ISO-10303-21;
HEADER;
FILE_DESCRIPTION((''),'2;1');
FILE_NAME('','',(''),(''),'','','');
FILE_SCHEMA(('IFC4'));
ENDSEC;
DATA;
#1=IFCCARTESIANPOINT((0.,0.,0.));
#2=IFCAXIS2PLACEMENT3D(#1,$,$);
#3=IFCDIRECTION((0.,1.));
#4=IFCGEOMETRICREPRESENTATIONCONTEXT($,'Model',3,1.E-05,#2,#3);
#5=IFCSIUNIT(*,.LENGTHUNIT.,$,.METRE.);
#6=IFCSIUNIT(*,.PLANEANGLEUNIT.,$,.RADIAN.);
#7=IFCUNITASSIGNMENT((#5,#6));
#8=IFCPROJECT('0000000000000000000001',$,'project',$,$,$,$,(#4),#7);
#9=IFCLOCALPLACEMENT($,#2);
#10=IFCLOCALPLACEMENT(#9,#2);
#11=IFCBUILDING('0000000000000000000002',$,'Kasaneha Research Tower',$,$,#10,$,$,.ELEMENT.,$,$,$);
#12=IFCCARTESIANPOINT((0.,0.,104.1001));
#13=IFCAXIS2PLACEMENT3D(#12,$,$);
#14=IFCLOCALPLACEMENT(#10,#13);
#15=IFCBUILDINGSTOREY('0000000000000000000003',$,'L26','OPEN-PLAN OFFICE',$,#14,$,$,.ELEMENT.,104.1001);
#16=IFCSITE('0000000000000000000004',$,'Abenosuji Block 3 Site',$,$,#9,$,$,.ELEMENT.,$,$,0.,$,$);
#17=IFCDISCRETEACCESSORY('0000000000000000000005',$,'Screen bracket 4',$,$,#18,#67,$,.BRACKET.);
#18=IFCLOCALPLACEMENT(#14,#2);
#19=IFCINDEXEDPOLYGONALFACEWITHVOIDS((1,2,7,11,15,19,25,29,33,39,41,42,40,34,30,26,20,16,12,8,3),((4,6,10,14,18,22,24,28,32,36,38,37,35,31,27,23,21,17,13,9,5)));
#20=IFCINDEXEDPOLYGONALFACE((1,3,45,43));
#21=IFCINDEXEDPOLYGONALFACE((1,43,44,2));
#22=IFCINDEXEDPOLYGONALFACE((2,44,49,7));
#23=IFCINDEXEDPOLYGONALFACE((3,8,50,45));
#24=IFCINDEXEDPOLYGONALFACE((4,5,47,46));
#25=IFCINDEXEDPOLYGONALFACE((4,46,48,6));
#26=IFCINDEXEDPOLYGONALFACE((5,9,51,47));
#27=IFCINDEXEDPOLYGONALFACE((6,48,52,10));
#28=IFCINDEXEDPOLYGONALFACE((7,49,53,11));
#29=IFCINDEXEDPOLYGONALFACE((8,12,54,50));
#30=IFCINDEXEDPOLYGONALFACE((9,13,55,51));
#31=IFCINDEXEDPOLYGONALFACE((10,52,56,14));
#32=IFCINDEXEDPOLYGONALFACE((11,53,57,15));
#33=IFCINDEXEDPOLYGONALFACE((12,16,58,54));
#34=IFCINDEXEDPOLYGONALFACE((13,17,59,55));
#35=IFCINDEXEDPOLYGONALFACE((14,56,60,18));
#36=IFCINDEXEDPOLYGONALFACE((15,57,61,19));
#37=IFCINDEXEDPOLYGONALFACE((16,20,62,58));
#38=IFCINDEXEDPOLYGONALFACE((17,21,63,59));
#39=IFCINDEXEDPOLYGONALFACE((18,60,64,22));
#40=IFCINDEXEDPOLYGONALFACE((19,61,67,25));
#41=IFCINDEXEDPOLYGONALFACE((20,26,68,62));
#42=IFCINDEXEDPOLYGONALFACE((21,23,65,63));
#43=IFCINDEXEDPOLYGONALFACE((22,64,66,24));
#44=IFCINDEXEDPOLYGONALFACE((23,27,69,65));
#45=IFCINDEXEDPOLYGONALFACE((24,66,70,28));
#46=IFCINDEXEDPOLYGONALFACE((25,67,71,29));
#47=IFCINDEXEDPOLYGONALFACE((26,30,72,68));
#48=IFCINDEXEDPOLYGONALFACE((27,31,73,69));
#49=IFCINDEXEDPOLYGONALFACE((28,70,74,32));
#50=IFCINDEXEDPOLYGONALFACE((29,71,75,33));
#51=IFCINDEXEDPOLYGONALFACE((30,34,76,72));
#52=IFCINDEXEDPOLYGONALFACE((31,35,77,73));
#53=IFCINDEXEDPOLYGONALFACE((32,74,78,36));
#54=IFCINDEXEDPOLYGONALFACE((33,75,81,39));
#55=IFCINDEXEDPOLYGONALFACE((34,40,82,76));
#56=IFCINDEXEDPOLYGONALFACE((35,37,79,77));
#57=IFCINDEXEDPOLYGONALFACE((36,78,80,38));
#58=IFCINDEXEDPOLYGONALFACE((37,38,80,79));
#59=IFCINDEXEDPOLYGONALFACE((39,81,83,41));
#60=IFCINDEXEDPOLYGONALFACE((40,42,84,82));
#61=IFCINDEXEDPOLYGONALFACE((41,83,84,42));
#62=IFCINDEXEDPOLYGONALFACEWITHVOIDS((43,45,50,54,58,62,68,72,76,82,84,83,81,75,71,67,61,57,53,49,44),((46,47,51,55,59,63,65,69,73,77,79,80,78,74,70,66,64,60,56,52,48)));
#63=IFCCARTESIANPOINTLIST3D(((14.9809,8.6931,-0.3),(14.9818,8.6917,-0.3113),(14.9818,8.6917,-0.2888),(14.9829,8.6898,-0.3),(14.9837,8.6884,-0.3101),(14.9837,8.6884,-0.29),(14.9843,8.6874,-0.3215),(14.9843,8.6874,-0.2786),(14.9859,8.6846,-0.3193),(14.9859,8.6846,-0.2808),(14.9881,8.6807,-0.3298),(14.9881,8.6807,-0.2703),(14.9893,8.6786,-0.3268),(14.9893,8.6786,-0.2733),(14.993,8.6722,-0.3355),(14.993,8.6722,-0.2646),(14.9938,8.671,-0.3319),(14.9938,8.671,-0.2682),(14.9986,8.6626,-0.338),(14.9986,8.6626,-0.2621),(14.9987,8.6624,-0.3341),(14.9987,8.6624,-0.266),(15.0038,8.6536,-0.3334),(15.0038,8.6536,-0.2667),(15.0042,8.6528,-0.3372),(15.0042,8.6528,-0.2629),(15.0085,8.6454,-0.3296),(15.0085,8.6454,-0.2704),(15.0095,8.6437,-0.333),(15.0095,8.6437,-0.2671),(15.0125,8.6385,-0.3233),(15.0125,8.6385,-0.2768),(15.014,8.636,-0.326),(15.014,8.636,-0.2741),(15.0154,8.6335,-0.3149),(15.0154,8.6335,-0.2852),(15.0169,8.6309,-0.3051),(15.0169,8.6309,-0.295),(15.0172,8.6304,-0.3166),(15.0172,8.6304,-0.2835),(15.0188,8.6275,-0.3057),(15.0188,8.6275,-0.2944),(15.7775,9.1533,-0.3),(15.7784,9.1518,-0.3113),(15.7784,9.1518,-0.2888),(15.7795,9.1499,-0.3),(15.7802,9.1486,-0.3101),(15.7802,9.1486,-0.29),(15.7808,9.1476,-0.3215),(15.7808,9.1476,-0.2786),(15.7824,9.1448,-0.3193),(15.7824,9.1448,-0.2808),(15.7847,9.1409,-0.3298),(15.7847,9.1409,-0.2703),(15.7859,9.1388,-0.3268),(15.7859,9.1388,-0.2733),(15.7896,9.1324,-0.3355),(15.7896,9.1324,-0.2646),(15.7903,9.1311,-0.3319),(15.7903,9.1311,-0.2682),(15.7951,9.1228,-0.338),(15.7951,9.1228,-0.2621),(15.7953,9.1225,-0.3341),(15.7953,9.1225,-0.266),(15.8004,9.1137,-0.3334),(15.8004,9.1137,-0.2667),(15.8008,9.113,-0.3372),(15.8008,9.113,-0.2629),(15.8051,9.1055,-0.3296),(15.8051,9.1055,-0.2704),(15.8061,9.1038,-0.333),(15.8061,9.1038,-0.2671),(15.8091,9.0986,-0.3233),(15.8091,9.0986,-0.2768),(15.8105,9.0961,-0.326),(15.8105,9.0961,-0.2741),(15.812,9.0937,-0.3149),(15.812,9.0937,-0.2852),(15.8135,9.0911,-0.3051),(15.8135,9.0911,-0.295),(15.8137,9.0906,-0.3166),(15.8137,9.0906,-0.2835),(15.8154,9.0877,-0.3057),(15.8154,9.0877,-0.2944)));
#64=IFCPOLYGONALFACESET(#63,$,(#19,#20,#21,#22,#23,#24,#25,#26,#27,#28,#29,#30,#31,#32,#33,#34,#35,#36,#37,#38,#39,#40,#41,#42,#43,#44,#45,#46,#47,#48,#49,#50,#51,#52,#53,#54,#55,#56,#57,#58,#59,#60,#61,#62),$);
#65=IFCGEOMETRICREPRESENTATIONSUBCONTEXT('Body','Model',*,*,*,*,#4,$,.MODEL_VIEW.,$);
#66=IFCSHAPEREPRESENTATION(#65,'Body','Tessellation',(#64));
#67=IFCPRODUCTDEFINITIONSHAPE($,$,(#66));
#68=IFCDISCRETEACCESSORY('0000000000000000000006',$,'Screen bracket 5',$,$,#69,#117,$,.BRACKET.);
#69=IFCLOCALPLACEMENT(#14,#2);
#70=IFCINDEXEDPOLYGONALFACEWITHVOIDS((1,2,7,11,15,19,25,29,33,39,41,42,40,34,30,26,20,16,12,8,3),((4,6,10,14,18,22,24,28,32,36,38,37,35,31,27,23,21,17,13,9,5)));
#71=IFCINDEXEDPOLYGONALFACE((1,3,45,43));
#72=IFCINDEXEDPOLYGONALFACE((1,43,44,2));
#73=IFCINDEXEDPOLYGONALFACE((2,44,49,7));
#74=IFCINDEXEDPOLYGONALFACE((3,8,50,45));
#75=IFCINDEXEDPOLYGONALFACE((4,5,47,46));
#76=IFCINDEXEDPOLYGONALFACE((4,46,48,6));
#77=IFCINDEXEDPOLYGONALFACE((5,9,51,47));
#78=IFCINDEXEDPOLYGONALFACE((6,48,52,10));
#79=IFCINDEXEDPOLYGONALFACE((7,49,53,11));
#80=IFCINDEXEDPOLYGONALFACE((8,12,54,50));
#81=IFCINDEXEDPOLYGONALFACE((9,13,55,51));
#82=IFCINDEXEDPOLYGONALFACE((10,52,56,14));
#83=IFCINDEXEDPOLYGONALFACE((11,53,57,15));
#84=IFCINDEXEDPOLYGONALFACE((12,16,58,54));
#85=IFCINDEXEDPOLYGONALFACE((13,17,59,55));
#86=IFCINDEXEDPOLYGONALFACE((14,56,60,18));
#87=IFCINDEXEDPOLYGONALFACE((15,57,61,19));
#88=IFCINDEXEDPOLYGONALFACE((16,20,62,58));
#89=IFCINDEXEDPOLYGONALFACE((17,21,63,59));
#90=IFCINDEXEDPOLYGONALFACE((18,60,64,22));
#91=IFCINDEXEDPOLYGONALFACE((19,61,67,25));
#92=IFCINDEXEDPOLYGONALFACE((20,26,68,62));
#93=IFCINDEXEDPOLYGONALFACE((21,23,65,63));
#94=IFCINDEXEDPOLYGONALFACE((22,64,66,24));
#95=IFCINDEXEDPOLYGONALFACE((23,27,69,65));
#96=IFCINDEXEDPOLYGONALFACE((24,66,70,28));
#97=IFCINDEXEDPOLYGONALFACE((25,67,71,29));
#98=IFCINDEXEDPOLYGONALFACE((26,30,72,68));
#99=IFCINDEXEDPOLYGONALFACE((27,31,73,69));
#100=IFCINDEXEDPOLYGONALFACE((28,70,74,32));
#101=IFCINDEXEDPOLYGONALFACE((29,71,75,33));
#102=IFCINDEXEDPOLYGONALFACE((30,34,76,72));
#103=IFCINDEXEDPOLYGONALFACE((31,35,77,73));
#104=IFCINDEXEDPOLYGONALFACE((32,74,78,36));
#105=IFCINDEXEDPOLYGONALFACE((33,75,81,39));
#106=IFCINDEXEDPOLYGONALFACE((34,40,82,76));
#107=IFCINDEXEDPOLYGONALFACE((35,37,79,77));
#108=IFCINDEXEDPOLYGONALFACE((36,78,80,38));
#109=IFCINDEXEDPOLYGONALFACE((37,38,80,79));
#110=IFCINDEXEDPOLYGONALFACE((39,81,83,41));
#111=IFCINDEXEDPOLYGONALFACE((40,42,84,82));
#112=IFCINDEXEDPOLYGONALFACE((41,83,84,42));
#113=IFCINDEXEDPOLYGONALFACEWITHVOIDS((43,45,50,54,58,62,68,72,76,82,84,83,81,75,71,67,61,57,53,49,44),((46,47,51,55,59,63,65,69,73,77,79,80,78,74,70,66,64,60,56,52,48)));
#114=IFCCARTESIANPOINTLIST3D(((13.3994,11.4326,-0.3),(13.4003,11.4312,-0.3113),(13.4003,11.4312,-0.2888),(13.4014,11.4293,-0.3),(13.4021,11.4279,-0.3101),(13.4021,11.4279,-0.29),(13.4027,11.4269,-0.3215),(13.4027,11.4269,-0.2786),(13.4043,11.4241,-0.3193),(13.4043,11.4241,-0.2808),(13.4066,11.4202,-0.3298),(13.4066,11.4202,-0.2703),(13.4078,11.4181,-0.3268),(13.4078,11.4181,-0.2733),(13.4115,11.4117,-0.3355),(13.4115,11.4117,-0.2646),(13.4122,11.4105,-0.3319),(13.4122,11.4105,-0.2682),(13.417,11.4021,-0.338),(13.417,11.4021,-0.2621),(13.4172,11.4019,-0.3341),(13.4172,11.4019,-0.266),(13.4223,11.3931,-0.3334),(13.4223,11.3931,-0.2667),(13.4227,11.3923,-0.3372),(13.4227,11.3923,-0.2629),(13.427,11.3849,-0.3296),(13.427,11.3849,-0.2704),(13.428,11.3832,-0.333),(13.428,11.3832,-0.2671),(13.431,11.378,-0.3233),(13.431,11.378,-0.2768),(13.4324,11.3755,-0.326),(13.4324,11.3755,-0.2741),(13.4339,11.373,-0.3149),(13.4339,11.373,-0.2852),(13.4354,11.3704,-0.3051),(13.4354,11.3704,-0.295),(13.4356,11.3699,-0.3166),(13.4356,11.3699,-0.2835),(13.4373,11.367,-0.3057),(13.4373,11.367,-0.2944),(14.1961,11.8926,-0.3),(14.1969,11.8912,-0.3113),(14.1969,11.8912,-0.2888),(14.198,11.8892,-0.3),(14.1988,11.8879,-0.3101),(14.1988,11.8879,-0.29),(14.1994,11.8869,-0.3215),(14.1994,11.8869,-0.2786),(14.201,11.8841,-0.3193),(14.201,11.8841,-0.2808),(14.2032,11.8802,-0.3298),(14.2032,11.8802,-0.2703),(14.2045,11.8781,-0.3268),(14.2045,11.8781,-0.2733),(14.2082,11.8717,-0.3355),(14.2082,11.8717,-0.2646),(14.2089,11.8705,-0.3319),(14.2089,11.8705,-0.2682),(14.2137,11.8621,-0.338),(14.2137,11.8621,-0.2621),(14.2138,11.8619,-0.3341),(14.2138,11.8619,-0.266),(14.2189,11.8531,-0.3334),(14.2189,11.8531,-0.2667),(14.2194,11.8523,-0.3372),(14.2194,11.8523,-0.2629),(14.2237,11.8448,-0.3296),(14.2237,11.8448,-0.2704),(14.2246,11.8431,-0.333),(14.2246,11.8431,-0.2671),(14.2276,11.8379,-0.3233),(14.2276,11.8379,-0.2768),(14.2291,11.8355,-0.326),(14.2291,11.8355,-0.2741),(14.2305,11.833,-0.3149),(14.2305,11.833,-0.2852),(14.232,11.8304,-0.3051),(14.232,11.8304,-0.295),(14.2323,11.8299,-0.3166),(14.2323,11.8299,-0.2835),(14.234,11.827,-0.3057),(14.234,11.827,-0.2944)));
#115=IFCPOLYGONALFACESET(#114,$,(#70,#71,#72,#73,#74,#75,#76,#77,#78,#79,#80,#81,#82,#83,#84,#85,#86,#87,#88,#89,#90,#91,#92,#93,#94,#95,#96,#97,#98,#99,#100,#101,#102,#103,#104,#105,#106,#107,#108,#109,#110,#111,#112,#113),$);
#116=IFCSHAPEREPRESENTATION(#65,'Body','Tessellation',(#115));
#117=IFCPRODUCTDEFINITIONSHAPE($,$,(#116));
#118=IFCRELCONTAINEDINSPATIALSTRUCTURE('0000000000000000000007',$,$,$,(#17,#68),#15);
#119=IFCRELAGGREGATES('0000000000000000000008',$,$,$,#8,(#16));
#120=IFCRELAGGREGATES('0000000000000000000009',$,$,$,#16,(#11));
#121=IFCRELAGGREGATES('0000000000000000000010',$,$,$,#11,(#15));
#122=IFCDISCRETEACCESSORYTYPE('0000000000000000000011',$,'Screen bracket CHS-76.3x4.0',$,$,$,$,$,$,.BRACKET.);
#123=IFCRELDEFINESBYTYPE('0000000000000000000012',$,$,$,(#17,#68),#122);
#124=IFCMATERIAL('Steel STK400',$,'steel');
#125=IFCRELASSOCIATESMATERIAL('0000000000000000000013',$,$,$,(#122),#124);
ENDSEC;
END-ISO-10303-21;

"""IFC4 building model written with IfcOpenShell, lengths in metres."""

from ifc_helpers import new_model, si_unit, direction, frame, origin, origin_2d, place, context, subcontext, project, spatial, hollow_circle, extrude, material, material_profile, profile_set, type_object, element, save


model = new_model("IFC4")

# Units and contexts
model_context = context("Model", 3, precision=1e-05, world=origin(), true_north=direction((0.0, 1.0)))
body_context = subcontext(model_context, "Body", "Model", "MODEL_VIEW")
ifc_project = project(units=[si_unit("LENGTHUNIT", "METRE"), si_unit("PLANEANGLEUNIT", "RADIAN")], contexts=[model_context])

# Site, building, storey
site_placement = place(None, origin())
site = spatial("IfcSite", under=ifc_project, at=site_placement, Name="Abenosuji Block 3 Site", CompositionType="ELEMENT", RefElevation=0.0)
building_placement = place(site_placement, origin())
building = spatial("IfcBuilding", under=site, at=building_placement, Name="Kasaneha Research Tower", CompositionType="ELEMENT")
storey_placement = place(building_placement, frame((0.0, 0.0, 104.1001)))
storey = spatial("IfcBuildingStorey", under=building, at=storey_placement, Name="L26", Description="OPEN-PLAN OFFICE", CompositionType="ELEMENT", Elevation=104.1001)

# Discrete accessories
ifc_material_1 = material(Name="Steel STK400", Category="steel")
ifc_material_profile_1 = material_profile(ifc_material_1, hollow_circle(Radius=0.0381, WallThickness=0.0039, at=origin_2d()), Name="CHS-76.3x4.0")
ifc_profile_set_1 = profile_set([ifc_material_profile_1], Name="Steel STK400")
discrete_accessory_type = type_object("IfcDiscreteAccessoryType", Name="Screen bracket CHS-76.3x4.0", PredefinedType="BRACKET", material=ifc_profile_set_1)
for number, where, z_axis, x_axis, name in (
    (1, (15.0, 8.6602, -0.3), (0.865898, 0.50022, 0.0), (-0.50022, 0.865898, 0.0), "Screen bracket 4"),
    (2, (13.4185, 11.3997, -0.3), (0.866013, 0.500021, 0.0), (-0.500021, 0.866013, 0.0), "Screen bracket 5"),
):
    element("IfcDiscreteAccessory", number, at=place(storey_placement, frame(where, z_axis=z_axis, x_axis=x_axis)), inside=storey, type_object=discrete_accessory_type, Name=name, PredefinedType="BRACKET", context=body_context, shape_type="SweptSolid", body=[
        extrude(hollow_circle(Radius=0.0381, WallThickness=0.0039, at=origin_2d()), origin(), (0.0, 0.0, 1.0), 0.9199),
    ])

save(model, "model.ifc")
